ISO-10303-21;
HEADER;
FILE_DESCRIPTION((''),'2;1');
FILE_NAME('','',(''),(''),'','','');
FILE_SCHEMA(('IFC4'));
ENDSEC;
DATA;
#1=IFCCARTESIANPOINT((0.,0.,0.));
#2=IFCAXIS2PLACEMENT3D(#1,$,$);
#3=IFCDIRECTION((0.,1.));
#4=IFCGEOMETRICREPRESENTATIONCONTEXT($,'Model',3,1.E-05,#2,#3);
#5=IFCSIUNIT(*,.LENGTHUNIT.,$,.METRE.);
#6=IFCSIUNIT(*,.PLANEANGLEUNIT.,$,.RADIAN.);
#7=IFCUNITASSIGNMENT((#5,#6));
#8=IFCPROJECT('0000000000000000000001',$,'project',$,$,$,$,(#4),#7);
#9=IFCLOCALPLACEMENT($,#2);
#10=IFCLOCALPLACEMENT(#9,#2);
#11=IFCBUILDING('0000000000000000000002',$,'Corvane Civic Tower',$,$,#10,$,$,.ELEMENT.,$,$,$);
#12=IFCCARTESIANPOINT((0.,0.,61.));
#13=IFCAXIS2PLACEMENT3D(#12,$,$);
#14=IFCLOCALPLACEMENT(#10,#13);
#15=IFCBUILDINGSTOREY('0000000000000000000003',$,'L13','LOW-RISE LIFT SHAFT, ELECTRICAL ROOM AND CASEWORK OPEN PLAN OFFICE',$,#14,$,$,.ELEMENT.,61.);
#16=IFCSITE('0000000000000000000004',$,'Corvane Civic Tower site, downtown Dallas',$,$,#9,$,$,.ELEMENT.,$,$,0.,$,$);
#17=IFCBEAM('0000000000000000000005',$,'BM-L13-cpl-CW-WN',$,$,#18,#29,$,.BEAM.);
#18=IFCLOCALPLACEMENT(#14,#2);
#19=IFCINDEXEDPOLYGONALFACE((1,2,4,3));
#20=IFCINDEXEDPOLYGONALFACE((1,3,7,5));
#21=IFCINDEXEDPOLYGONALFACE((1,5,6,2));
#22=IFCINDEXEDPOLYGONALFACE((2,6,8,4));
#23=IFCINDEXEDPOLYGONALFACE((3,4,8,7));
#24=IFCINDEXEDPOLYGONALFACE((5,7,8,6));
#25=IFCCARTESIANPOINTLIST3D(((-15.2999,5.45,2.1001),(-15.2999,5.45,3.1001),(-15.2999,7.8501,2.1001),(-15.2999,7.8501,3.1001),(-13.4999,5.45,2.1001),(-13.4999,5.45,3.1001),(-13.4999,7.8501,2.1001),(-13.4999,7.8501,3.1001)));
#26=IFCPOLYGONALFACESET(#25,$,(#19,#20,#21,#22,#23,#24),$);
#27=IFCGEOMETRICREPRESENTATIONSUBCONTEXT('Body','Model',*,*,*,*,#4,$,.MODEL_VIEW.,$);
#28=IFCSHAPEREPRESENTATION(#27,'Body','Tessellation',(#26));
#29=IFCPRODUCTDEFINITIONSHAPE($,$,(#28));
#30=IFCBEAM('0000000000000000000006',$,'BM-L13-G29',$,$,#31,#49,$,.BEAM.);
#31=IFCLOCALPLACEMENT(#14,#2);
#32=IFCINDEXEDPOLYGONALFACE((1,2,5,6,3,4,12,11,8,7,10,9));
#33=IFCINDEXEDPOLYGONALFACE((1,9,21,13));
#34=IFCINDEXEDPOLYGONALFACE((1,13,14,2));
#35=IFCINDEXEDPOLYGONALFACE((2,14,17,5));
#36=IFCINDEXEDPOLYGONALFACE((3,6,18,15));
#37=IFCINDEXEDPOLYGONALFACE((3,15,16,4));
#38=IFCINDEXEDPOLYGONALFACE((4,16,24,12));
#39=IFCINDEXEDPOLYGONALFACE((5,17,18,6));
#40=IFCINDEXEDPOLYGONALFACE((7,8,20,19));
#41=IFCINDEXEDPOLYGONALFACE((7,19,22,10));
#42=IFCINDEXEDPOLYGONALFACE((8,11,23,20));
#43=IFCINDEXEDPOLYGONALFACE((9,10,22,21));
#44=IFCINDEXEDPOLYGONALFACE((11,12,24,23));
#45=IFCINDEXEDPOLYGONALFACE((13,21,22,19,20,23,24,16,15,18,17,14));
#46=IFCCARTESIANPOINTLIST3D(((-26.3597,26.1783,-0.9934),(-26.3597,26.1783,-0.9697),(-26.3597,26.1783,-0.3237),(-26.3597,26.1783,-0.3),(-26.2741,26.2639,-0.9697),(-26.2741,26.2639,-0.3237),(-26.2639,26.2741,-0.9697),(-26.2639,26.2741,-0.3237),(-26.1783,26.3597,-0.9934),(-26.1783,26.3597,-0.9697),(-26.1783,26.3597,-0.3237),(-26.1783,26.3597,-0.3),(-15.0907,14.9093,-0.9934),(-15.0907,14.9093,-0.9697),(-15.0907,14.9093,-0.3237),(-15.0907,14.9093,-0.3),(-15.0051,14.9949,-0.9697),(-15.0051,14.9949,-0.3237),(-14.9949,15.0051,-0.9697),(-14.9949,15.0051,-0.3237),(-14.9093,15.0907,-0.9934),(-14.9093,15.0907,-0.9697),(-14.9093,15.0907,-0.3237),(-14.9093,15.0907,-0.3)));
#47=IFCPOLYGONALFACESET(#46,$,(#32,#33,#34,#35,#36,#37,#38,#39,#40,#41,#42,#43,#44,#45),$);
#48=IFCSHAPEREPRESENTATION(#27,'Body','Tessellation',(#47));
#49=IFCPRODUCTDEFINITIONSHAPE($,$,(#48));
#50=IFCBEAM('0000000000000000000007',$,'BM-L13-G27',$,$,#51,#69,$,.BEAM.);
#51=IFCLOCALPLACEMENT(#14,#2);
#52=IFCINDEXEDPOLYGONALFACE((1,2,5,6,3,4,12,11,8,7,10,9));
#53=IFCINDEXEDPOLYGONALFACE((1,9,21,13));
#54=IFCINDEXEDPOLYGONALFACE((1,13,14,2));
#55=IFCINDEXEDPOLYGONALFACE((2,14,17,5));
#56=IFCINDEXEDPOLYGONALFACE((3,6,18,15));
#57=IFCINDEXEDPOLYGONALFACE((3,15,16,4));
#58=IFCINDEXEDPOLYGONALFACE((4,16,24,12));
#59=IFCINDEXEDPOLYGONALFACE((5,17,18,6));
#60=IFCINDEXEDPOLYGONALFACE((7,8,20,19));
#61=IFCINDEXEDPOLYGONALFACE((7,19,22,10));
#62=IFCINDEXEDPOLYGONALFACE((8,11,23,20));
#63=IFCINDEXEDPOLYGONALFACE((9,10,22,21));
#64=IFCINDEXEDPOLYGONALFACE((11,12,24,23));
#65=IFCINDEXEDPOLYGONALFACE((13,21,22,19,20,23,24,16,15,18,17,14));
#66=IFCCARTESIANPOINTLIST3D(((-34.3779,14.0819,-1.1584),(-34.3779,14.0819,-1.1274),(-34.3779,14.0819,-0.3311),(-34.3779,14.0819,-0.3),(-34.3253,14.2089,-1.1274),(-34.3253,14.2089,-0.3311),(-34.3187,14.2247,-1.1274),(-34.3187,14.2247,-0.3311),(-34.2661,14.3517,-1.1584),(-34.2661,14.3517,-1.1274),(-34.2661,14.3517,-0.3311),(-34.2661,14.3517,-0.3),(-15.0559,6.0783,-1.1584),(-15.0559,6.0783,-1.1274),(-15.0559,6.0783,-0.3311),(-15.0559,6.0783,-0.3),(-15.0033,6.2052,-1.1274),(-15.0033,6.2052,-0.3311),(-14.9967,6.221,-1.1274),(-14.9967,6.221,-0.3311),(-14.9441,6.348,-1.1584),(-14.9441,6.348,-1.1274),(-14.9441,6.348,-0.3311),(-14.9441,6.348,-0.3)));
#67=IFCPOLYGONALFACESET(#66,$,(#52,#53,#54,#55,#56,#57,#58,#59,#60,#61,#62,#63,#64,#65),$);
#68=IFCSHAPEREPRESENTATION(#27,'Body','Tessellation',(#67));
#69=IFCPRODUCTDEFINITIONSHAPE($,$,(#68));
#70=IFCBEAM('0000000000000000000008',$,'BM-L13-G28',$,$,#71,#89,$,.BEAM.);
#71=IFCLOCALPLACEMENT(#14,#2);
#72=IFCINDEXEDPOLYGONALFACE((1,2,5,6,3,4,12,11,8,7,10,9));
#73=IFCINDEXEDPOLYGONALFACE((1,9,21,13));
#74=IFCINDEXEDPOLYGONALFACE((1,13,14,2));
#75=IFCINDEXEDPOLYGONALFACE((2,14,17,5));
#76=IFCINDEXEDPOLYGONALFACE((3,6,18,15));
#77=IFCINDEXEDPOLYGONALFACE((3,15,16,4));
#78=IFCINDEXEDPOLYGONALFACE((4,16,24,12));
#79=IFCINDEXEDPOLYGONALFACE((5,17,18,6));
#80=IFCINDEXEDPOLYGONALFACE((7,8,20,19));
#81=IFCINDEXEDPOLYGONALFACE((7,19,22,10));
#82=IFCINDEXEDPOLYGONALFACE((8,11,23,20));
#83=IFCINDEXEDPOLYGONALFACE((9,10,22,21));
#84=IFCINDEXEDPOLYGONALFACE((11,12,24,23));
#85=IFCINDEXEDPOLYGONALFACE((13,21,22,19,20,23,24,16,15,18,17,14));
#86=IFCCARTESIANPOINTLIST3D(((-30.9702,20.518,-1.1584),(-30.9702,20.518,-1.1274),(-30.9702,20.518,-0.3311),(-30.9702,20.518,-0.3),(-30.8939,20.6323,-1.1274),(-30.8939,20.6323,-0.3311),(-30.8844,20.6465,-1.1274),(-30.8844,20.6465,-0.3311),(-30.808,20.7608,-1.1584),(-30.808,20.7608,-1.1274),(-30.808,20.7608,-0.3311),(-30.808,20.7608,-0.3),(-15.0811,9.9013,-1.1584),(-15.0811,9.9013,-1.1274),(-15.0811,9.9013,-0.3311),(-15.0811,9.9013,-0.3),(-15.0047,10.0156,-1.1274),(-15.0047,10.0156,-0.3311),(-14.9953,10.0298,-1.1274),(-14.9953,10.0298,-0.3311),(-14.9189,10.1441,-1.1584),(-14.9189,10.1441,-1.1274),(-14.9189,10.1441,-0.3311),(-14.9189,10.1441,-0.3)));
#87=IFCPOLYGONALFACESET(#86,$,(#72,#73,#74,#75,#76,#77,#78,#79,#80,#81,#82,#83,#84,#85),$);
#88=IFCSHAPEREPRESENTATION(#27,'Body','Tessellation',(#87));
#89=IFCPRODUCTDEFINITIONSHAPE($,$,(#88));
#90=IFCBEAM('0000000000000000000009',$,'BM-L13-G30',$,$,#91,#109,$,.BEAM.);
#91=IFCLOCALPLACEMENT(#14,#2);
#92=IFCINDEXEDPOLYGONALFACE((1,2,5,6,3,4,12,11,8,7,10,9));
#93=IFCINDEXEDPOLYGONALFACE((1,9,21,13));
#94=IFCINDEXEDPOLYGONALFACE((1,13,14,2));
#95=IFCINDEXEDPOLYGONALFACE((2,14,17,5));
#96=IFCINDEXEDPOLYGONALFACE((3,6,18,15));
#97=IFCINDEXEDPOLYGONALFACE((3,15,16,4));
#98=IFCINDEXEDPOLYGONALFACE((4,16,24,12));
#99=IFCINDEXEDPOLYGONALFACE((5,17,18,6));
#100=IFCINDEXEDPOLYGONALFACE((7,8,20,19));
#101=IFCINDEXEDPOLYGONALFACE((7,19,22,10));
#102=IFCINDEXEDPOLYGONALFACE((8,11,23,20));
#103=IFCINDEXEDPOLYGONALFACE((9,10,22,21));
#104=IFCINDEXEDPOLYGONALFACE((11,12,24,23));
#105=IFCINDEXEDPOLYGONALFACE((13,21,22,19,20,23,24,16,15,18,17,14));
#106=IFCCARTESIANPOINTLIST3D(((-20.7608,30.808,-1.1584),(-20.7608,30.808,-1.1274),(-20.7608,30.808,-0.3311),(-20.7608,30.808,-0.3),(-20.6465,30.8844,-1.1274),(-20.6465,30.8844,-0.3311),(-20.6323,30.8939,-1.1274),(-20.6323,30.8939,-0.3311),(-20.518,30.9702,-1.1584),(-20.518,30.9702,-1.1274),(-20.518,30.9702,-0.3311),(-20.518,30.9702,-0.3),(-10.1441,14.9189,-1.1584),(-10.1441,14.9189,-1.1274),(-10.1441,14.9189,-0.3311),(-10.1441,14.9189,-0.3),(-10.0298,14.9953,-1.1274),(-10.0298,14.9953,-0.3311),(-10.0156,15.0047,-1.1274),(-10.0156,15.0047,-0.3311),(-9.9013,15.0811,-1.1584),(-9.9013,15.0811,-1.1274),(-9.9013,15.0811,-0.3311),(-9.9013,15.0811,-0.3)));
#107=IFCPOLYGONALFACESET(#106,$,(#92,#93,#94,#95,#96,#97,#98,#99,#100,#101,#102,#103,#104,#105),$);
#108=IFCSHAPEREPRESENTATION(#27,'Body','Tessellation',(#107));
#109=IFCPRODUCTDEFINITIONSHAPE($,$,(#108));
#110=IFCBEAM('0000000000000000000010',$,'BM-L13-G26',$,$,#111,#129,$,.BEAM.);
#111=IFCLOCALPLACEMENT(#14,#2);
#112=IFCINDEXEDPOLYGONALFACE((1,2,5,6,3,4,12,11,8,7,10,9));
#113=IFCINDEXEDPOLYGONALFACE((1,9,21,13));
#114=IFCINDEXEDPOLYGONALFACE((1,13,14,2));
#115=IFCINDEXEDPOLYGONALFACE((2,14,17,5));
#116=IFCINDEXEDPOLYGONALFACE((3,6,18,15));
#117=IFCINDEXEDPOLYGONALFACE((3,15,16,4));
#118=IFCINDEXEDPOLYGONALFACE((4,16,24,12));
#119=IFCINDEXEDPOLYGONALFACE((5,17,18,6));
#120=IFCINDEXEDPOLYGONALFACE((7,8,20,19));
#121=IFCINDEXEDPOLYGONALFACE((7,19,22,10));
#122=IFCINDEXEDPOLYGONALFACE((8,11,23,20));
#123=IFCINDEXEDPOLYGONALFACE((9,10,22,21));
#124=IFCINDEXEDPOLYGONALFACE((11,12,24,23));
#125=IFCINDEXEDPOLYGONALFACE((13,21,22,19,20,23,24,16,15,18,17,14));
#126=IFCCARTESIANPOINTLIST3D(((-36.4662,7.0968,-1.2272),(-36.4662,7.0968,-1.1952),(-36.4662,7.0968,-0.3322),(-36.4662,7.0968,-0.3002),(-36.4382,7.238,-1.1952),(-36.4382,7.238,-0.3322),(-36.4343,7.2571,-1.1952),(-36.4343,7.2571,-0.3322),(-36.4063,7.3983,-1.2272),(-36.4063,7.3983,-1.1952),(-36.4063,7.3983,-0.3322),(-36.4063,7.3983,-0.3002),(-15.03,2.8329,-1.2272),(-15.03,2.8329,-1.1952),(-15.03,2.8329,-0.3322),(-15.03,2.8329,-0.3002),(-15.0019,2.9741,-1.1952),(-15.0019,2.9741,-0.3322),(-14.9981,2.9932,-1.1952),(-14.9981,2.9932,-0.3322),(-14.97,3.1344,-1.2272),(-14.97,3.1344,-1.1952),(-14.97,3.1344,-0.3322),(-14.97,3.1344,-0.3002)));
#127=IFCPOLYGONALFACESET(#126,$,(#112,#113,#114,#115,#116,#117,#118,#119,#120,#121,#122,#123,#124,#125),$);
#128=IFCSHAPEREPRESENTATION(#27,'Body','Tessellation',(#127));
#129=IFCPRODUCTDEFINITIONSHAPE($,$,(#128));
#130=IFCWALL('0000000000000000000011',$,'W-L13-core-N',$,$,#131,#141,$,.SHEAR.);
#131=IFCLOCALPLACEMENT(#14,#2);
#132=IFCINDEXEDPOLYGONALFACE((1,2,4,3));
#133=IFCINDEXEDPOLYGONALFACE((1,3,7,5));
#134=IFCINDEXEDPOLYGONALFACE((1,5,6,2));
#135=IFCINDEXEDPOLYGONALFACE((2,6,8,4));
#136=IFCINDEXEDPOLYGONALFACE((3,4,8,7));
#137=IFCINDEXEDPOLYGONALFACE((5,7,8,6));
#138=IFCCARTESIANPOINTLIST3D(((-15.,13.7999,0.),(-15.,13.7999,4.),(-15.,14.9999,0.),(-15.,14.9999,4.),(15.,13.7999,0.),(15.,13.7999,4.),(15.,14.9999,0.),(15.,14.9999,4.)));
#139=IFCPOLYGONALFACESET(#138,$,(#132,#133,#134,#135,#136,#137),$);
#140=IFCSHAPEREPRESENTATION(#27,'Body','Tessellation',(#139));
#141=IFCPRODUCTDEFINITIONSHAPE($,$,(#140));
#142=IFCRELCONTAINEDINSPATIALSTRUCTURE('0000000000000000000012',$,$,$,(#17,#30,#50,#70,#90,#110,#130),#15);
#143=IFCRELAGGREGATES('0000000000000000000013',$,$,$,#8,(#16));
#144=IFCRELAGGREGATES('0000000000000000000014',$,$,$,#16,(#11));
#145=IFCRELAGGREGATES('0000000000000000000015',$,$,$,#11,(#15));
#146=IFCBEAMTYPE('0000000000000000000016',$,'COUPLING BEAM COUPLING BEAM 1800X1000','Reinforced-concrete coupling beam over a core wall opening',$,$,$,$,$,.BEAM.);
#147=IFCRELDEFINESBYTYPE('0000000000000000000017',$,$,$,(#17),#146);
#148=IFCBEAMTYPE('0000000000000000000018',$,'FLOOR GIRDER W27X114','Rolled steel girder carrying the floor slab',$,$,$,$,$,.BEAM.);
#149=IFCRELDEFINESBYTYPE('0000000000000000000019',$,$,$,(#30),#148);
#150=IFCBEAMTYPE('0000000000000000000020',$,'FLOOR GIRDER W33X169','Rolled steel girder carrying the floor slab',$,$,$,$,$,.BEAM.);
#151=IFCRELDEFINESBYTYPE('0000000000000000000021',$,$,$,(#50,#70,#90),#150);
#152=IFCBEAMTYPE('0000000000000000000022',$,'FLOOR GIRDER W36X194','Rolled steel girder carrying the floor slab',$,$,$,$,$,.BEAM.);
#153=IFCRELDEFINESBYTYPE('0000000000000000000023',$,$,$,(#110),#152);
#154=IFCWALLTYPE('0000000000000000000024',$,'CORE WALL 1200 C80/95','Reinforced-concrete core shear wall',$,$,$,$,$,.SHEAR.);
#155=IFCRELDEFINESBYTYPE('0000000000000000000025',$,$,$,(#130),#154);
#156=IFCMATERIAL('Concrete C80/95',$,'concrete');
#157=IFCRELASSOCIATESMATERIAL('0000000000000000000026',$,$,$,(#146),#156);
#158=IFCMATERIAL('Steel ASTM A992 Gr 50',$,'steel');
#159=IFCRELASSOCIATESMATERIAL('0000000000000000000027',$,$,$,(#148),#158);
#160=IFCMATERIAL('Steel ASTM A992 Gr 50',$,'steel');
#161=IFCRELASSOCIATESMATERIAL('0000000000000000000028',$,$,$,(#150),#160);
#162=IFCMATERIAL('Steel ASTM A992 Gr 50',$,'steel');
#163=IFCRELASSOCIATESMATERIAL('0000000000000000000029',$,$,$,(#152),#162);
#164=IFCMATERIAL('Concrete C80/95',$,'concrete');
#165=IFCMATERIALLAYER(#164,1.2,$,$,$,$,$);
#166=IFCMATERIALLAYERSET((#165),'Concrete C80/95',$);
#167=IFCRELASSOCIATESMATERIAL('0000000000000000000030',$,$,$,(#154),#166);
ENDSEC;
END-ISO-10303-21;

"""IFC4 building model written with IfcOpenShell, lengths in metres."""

from ifc_helpers import new_model, si_unit, direction, frame, frame_2d, origin, origin_2d, place, context, subcontext, project, spatial, rectangle, i_section, extrude, material, layer, layer_set, material_profile, profile_set, type_object, element, save


model = new_model("IFC4")

# Units and contexts
model_context = context("Model", 3, precision=1e-05, world=origin(), true_north=direction((0.0, 1.0)))
body_context = subcontext(model_context, "Body", "Model", "MODEL_VIEW")
ifc_project = project(units=[si_unit("LENGTHUNIT", "METRE"), si_unit("PLANEANGLEUNIT", "RADIAN")], contexts=[model_context])

# Site, building, storey
site_placement = place(None, origin())
site = spatial("IfcSite", under=ifc_project, at=site_placement, Name="Corvane Civic Tower site, downtown Dallas", CompositionType="ELEMENT", RefElevation=0.0)
building_placement = place(site_placement, origin())
building = spatial("IfcBuilding", under=site, at=building_placement, Name="Corvane Civic Tower", CompositionType="ELEMENT")
storey_placement = place(building_placement, frame((0.0, 0.0, 61.0)))
storey = spatial("IfcBuildingStorey", under=building, at=storey_placement, Name="L13", Description="LOW-RISE LIFT SHAFT, ELECTRICAL ROOM AND CASEWORK OPEN PLAN OFFICE", CompositionType="ELEMENT", Elevation=61.0)

# Beams
ifc_material_1 = material(Name="Concrete C80/95", Category="concrete")
ifc_material_profile_1 = material_profile(ifc_material_1, rectangle(XDim=1.8, YDim=1.0, at=origin_2d()), Name="COUPLING BEAM 1800X1000")
ifc_profile_set_1 = profile_set([ifc_material_profile_1], Name="Concrete C80/95")
beam_type_1 = type_object("IfcBeamType", Name="COUPLING BEAM COUPLING BEAM 1800X1000", Description="Reinforced-concrete coupling beam over a core wall opening", PredefinedType="BEAM", material=ifc_profile_set_1)
beam_1_placement = place(storey_placement, frame((-14.3999, 5.45, 2.6001), z_axis=(0.0, 1.0, 0.0), x_axis=(-1.0, 0.0, 0.0)))
element("IfcBeam", 1, at=beam_1_placement, inside=storey, type_object=beam_type_1, Name="BM-L13-cpl-CW-WN", PredefinedType="BEAM", context=body_context, shape_type="SweptSolid", body=[
    extrude(rectangle(XDim=1.8, YDim=1.0, at=origin_2d()), origin(), (0.0, 0.0, 1.0), 2.4001),
])
ifc_material_2 = material(Name="Steel ASTM A992 Gr 50", Category="steel")
ifc_material_profile_2 = material_profile(ifc_material_2, i_section(OverallWidth=0.2566, OverallDepth=0.6934, WebThickness=0.0144, FlangeThickness=0.0237, at=origin_2d()), Name="W27X114")
ifc_profile_set_2 = profile_set([ifc_material_profile_2], Name="Steel ASTM A992 Gr 50")
beam_type_2 = type_object("IfcBeamType", Name="FLOOR GIRDER W27X114", Description="Rolled steel girder carrying the floor slab", PredefinedType="BEAM", material=ifc_profile_set_2)
beam_2_placement = place(storey_placement, frame((-15.0, 15.0, -0.6467), z_axis=(-0.707107, 0.707107, 0.0), x_axis=(-0.707107, -0.707107, 0.0)))
element("IfcBeam", 2, at=beam_2_placement, inside=storey, type_object=beam_type_2, Name="BM-L13-G29", PredefinedType="BEAM", context=body_context, shape_type="SweptSolid", body=[
    extrude(i_section(OverallWidth=0.2566, OverallDepth=0.6934, WebThickness=0.0144, FlangeThickness=0.0237, at=origin_2d()), origin(), (0.0, 0.0, 1.0), 15.9368),
])
ifc_material_3 = material(Name="Steel ASTM A992 Gr 50", Category="steel")
ifc_material_profile_3 = material_profile(ifc_material_3, i_section(OverallWidth=0.292, OverallDepth=0.8584, WebThickness=0.0171, FlangeThickness=0.031, at=origin_2d()), Name="W33X169")
ifc_profile_set_3 = profile_set([ifc_material_profile_3], Name="Steel ASTM A992 Gr 50")
beam_type_3 = type_object("IfcBeamType", Name="FLOOR GIRDER W33X169", Description="Rolled steel girder carrying the floor slab", PredefinedType="BEAM", material=ifc_profile_set_3)
beam_3_placement = place(storey_placement, frame((-15.0, 6.2131, -0.7292), z_axis=(-0.923876, 0.382692, 0.0), x_axis=(-0.382692, -0.923876, 0.0)))
element("IfcBeam", 3, at=beam_3_placement, inside=storey, type_object=beam_type_3, Name="BM-L13-G27", PredefinedType="BEAM", context=body_context, shape_type="SweptSolid", body=[
    extrude(i_section(OverallWidth=0.292, OverallDepth=0.8584, WebThickness=0.0171, FlangeThickness=0.031, at=origin_2d()), origin(), (0.0, 0.0, 1.0), 20.9141),
])
for number, where, z_axis, x_axis, name in (
    (4, (-15.0, 10.0227, -0.7292), (-0.831472, 0.555567, 0.0), (-0.555567, -0.831472, 0.0), "BM-L13-G28"),
    (5, (-10.0227, 15.0, -0.7292), (-0.555567, 0.831472, 0.0), (-0.831472, -0.555567, 0.0), "BM-L13-G30"),
):
    element("IfcBeam", number, at=place(storey_placement, frame(where, z_axis=z_axis, x_axis=x_axis)), inside=storey, type_object=beam_type_3, Name=name, PredefinedType="BEAM", context=body_context, shape_type="SweptSolid", body=[
        extrude(i_section(OverallWidth=0.292, OverallDepth=0.8584, WebThickness=0.0171, FlangeThickness=0.031, at=origin_2d()), origin(), (0.0, 0.0, 1.0), 19.1096),
    ])
ifc_material_4 = material(Name="Steel ASTM A992 Gr 50", Category="steel")
ifc_material_profile_4 = material_profile(ifc_material_4, i_section(OverallWidth=0.3074, OverallDepth=0.927, WebThickness=0.0195, FlangeThickness=0.032, at=origin_2d()), Name="W36X194")
ifc_profile_set_4 = profile_set([ifc_material_profile_4], Name="Steel ASTM A992 Gr 50")
beam_type_4 = type_object("IfcBeamType", Name="FLOOR GIRDER W36X194", Description="Rolled steel girder carrying the floor slab", PredefinedType="BEAM", material=ifc_profile_set_4)
beam_4_placement = place(storey_placement, frame((-15.0, 2.9836, -0.7637), z_axis=(-0.980785, 0.195089, 0.0), x_axis=(-0.195089, -0.980785, 0.0)))
element("IfcBeam", 6, at=beam_4_placement, inside=storey, type_object=beam_type_4, Name="BM-L13-G26", PredefinedType="BEAM", context=body_context, shape_type="SweptSolid", body=[
    extrude(i_section(OverallWidth=0.3074, OverallDepth=0.927, WebThickness=0.0195, FlangeThickness=0.032, at=origin_2d()), origin(), (0.0, 0.0, 1.0), 21.8562),
])

# Wall
ifc_material_5 = material(Name="Concrete C80/95", Category="concrete")
ifc_layer_1 = layer(ifc_material_5, 1.2)
ifc_layer_set_1 = layer_set([ifc_layer_1], Name="Concrete C80/95")
wall_type_1 = type_object("IfcWallType", Name="CORE WALL 1200 C80/95", Description="Reinforced-concrete core shear wall", PredefinedType="SHEAR", material=ifc_layer_set_1)
wall_1_placement = place(storey_placement, frame((-15.0, 14.3999, 0.0), z_axis=(0.0, 0.0, 1.0), x_axis=(1.0, 0.0, 0.0)))
element("IfcWall", 7, at=wall_1_placement, inside=storey, type_object=wall_type_1, Name="W-L13-core-N", PredefinedType="SHEAR", context=body_context, shape_type="SweptSolid", body=[
    extrude(rectangle(XDim=30.0, YDim=1.2, at=frame_2d((15.0, 0.0))), origin(), (0.0, 0.0, 1.0), 4.0),
])

save(model, "model.ifc")
